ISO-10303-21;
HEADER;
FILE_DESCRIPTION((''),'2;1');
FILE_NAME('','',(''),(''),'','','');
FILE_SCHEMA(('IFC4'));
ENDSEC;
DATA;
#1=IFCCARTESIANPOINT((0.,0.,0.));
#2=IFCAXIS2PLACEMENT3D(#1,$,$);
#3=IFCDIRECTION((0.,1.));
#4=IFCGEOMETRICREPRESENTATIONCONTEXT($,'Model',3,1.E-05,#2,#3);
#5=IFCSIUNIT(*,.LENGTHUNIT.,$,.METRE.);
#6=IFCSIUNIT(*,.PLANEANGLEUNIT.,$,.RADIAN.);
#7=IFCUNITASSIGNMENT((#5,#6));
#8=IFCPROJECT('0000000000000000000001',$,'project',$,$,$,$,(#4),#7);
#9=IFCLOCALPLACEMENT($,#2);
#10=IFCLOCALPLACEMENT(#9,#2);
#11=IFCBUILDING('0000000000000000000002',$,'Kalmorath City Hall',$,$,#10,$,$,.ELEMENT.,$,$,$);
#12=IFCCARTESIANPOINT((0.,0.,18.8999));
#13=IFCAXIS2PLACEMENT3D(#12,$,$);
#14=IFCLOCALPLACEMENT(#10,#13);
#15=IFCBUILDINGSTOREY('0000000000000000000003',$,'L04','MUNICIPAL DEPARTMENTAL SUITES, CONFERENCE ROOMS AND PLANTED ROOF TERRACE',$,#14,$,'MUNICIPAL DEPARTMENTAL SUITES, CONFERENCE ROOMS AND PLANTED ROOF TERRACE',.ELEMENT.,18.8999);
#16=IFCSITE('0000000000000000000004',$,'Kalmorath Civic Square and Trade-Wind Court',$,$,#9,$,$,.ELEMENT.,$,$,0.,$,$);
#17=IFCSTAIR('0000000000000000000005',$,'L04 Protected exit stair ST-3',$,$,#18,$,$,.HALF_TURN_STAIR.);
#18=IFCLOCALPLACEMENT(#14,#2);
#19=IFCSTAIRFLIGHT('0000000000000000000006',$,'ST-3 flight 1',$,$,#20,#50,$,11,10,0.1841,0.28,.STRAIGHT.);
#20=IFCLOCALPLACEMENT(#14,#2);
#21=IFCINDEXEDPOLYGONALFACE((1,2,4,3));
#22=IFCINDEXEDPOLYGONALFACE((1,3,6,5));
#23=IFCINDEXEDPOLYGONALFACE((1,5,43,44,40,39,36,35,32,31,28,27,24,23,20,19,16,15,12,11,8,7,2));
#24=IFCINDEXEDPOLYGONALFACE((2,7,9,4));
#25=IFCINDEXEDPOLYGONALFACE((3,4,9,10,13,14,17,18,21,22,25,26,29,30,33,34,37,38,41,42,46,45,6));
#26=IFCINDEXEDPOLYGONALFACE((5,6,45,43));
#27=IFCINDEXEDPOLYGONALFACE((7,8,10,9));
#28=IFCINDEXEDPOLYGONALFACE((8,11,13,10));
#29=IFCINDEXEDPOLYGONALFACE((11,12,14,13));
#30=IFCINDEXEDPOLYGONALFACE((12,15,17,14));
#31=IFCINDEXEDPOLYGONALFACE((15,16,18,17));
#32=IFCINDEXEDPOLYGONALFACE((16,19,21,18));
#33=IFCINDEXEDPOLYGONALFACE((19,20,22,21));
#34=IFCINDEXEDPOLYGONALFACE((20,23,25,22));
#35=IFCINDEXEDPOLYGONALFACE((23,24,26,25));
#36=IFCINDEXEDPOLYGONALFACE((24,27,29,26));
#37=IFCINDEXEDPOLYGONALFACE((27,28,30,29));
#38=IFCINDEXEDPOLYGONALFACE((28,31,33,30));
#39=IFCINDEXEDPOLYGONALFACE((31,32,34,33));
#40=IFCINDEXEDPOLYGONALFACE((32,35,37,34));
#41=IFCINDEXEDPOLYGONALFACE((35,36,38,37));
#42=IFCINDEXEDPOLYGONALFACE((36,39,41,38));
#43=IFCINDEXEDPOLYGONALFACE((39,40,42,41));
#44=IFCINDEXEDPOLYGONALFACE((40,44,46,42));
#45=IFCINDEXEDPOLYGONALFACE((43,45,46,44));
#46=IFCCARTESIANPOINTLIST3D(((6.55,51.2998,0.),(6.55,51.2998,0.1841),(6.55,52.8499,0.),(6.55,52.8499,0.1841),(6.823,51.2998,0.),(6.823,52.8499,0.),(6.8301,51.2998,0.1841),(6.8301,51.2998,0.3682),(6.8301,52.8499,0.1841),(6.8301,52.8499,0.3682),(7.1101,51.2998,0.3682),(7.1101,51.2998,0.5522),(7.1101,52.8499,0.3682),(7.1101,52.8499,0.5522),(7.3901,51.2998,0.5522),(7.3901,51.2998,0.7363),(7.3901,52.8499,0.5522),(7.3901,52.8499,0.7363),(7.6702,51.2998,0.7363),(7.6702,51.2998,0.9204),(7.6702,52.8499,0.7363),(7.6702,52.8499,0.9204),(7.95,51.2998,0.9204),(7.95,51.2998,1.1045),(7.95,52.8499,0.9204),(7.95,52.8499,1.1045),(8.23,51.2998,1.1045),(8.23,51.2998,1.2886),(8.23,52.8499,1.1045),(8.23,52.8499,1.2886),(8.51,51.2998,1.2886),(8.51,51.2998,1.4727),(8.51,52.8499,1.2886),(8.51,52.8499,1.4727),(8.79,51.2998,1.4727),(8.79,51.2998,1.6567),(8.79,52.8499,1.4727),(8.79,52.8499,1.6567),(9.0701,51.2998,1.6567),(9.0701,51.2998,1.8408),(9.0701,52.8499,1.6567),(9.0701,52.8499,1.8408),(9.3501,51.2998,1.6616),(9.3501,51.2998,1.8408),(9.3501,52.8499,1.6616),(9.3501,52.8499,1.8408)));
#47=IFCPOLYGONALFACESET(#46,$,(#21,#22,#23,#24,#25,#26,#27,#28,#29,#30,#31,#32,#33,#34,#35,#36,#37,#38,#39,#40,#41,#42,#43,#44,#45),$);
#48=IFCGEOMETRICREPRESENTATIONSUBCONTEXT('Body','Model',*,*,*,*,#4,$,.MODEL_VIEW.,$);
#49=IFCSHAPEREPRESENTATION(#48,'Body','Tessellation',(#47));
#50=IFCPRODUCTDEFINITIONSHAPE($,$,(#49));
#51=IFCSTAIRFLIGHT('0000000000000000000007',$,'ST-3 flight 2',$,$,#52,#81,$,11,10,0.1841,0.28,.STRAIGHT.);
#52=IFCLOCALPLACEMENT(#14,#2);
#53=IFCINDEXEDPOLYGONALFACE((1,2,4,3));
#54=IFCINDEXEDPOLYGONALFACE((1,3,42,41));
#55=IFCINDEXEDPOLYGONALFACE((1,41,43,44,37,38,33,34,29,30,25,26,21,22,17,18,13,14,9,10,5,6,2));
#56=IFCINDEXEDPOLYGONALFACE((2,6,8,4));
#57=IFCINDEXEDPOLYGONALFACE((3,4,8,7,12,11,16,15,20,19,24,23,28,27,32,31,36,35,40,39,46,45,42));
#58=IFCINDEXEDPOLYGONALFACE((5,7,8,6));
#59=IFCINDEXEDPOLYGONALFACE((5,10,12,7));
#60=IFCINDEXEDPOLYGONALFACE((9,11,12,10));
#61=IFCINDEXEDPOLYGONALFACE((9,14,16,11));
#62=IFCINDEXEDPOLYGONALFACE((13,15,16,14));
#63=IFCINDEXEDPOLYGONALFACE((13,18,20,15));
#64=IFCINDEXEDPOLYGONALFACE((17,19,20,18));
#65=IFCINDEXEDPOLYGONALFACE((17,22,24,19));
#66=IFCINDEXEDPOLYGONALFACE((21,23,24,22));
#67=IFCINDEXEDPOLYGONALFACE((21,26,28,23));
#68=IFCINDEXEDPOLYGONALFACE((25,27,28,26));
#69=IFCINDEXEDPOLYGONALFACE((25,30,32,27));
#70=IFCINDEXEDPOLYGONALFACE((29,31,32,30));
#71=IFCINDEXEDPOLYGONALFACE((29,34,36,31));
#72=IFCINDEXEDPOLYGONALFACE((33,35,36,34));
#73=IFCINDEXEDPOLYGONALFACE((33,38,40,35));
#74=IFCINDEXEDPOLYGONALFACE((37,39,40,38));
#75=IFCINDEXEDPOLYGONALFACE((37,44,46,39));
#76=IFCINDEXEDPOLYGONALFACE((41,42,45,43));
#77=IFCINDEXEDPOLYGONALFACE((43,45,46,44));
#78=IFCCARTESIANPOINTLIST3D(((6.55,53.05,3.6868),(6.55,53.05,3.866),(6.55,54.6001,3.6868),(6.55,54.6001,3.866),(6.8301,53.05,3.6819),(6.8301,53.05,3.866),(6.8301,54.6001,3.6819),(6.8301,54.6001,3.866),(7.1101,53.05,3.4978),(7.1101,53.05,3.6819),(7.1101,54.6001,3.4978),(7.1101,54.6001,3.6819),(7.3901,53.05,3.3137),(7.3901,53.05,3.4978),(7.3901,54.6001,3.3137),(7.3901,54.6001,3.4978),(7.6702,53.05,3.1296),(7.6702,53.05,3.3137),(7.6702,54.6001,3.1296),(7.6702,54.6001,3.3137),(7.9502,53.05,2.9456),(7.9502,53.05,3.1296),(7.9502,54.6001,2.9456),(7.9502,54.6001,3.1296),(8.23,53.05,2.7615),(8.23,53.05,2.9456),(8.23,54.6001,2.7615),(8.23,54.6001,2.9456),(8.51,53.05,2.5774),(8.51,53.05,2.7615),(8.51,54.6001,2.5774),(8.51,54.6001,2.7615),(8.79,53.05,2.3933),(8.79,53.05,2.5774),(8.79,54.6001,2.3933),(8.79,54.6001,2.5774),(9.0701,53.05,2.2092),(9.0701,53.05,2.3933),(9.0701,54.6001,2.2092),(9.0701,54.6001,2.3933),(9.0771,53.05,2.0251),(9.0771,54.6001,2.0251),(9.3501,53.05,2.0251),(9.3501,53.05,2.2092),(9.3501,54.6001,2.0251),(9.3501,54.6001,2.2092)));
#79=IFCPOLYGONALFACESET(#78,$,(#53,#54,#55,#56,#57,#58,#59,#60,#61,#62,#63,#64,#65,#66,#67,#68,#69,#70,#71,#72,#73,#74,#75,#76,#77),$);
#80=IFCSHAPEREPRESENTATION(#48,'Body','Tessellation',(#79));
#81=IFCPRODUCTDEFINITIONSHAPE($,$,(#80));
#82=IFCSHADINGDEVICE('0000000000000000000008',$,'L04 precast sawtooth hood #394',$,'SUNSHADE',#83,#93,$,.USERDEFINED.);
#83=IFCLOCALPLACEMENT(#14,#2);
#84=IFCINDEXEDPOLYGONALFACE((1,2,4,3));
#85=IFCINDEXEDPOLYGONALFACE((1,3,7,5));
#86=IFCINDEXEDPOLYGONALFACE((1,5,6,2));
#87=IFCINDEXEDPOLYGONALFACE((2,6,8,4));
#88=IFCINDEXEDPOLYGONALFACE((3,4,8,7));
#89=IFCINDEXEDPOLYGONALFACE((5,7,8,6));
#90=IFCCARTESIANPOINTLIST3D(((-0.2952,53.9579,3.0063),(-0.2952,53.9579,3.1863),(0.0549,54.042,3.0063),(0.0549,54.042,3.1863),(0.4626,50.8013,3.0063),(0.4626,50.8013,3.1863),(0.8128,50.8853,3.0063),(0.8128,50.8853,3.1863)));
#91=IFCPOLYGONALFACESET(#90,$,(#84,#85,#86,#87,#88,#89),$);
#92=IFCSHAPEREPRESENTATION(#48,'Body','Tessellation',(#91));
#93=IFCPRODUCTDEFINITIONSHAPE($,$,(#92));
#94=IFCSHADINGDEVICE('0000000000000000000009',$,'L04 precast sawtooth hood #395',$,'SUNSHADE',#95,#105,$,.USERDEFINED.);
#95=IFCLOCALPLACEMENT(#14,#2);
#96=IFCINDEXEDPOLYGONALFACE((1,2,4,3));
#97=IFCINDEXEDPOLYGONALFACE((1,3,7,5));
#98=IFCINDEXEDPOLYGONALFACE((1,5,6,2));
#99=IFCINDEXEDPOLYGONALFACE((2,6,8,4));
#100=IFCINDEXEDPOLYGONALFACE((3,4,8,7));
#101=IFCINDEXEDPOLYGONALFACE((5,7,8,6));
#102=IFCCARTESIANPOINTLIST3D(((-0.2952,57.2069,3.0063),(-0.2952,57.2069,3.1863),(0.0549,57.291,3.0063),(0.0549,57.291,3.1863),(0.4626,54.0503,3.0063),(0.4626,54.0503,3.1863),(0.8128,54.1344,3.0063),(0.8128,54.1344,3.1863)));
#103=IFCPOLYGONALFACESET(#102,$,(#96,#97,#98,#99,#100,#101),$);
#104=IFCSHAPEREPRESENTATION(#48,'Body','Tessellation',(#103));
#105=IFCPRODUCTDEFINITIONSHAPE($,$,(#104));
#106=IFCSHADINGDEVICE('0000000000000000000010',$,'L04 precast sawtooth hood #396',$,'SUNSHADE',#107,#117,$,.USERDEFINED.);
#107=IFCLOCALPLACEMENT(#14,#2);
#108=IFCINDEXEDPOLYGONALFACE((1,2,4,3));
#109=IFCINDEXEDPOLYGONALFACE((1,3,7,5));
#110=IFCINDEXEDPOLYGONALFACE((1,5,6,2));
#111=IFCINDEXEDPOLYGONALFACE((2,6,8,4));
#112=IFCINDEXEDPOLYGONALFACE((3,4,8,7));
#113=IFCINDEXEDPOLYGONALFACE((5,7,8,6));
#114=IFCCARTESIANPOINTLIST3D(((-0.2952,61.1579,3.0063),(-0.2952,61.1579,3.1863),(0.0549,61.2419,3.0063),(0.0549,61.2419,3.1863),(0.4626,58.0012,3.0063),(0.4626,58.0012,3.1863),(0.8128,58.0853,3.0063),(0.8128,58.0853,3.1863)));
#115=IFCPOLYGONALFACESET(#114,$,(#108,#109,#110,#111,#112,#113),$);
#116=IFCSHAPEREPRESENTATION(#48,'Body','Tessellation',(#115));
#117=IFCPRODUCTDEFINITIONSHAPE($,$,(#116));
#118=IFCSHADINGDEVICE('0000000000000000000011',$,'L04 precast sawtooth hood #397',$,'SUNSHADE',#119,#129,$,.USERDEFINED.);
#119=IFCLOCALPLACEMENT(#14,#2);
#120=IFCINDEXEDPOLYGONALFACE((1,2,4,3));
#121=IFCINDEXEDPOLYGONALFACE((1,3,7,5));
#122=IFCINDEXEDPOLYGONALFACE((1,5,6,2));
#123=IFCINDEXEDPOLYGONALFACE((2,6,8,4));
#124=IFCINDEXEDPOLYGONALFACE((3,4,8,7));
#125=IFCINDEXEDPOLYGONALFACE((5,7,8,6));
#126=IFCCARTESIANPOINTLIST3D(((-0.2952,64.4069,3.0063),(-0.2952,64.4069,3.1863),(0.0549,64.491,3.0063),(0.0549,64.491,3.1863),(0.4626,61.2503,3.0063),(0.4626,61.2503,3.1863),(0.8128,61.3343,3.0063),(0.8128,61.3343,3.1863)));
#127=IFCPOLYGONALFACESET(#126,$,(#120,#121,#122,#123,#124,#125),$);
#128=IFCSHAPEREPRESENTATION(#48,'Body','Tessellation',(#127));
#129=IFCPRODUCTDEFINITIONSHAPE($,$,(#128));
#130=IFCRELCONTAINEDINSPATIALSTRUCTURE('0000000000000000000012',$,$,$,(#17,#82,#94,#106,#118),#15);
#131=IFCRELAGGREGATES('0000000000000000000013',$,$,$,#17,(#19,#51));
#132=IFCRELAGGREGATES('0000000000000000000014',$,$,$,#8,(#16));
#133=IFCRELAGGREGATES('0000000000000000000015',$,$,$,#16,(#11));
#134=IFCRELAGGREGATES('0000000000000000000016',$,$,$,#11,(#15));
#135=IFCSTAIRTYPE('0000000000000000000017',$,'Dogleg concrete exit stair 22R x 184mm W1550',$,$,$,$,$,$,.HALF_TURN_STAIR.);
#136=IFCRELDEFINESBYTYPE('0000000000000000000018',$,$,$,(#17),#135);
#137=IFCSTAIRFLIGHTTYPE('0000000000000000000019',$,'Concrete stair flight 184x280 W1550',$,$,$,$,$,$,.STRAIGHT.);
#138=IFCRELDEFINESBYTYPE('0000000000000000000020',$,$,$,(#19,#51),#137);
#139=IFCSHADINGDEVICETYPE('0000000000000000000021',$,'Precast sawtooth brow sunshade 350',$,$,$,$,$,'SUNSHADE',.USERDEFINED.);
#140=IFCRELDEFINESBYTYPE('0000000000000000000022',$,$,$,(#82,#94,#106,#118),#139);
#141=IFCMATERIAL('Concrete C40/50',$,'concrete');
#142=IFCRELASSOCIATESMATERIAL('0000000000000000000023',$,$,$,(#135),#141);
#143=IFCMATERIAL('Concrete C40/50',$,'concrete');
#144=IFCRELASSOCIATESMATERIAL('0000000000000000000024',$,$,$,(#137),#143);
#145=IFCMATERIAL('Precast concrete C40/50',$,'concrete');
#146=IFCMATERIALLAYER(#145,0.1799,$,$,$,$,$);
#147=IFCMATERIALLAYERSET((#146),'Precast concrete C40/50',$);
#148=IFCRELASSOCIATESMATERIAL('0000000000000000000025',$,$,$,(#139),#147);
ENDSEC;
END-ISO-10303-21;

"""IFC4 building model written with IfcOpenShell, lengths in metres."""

from ifc_helpers import new_model, si_unit, direction, frame, origin, origin_2d, place, context, subcontext, project, spatial, polyline, rectangle, outline, extrude, material, layer, layer_set, type_object, element, aggregate, save


model = new_model("IFC4")

# Units and contexts
model_context = context("Model", 3, precision=1e-05, world=origin(), true_north=direction((0.0, 1.0)))
body_context = subcontext(model_context, "Body", "Model", "MODEL_VIEW")
ifc_project = project(units=[si_unit("LENGTHUNIT", "METRE"), si_unit("PLANEANGLEUNIT", "RADIAN")], contexts=[model_context])

# Site, building, storey
site_placement = place(None, origin())
site = spatial("IfcSite", under=ifc_project, at=site_placement, Name="Kalmorath Civic Square and Trade-Wind Court", CompositionType="ELEMENT", RefElevation=0.0)
building_placement = place(site_placement, origin())
building = spatial("IfcBuilding", under=site, at=building_placement, Name="Kalmorath City Hall", CompositionType="ELEMENT")
storey_placement = place(building_placement, frame((0.0, 0.0, 18.8999)))
storey = spatial("IfcBuildingStorey", under=building, at=storey_placement, Name="L04", Description="MUNICIPAL DEPARTMENTAL SUITES, CONFERENCE ROOMS AND PLANTED ROOF TERRACE", LongName="MUNICIPAL DEPARTMENTAL SUITES, CONFERENCE ROOMS AND PLANTED ROOF TERRACE", CompositionType="ELEMENT", Elevation=18.8999)

# Stair, stair flights
ifc_material_1 = material(Name="Concrete C40/50", Category="concrete")
stair_type = type_object("IfcStairType", Name="Dogleg concrete exit stair 22R x 184mm W1550", PredefinedType="HALF_TURN_STAIR", material=ifc_material_1)
stair_placement = place(storey_placement, origin())
stair = element("IfcStair", 1, at=stair_placement, inside=storey, type_object=stair_type, Name="L04 Protected exit stair ST-3", PredefinedType="HALF_TURN_STAIR")
ifc_material_2 = material(Name="Concrete C40/50", Category="concrete")
stair_flight_type = type_object("IfcStairFlightType", Name="Concrete stair flight 184x280 W1550", PredefinedType="STRAIGHT", material=ifc_material_2)
stair_flight_1_placement = place(storey_placement, frame((6.55, 52.075, 0.0), z_axis=(0.0, 0.0, 1.0), x_axis=(1.0, 0.0, 0.0)))
stair_flight_1 = element("IfcStairFlight", 2, at=stair_flight_1_placement, type_object=stair_flight_type, Name="ST-3 flight 1", NumberOfRisers=11, NumberOfTreads=10, PredefinedType="STRAIGHT", RiserHeight=0.1841, TreadLength=0.28, context=body_context, shape_type="SweptSolid", body=[
    extrude(outline(polyline([(0.0, 0.0), (0.0, 0.1841), (0.28, 0.1841), (0.28, 0.3682), (0.5601, 0.3682), (0.5601, 0.5522), (0.8401, 0.5522), (0.8401, 0.7363), (1.1201, 0.7363), (1.1201, 0.9204), (1.3999, 0.9204), (1.3999, 1.1045), (1.6799, 1.1045), (1.6799, 1.2886), (1.96, 1.2886), (1.96, 1.4727), (2.24, 1.4727), (2.24, 1.6567), (2.52, 1.6567), (2.52, 1.8408), (2.8, 1.8408), (2.8, 2.0249), (2.8, 1.6616), (0.2729, 0.0), (0.0, 0.0)])), frame((0.0, 0.7749, 0.0), z_axis=(0.0, -1.0, 0.0), x_axis=(1.0, 0.0, 0.0)), (0.0, 0.0, 1.0), 1.55),
])
stair_flight_2_placement = place(storey_placement, frame((9.3501, 53.825, 2.0251), z_axis=(0.0, 0.0, 1.0), x_axis=(-1.0, 0.0, 0.0)))
stair_flight_2 = element("IfcStairFlight", 3, at=stair_flight_2_placement, type_object=stair_flight_type, Name="ST-3 flight 2", NumberOfRisers=11, NumberOfTreads=10, PredefinedType="STRAIGHT", RiserHeight=0.1841, TreadLength=0.28, context=body_context, shape_type="SweptSolid", body=[
    extrude(outline(polyline([(0.0, 0.0), (0.0, 0.1841), (0.28, 0.1841), (0.28, 0.3682), (0.5601, 0.3682), (0.5601, 0.5522), (0.8401, 0.5522), (0.8401, 0.7363), (1.1201, 0.7363), (1.1201, 0.9204), (1.3999, 0.9204), (1.3999, 1.1045), (1.6799, 1.1045), (1.6799, 1.2886), (1.96, 1.2886), (1.96, 1.4727), (2.24, 1.4727), (2.24, 1.6567), (2.52, 1.6567), (2.52, 1.8408), (2.8, 1.8408), (2.8, 2.0249), (2.8, 1.6616), (0.2729, 0.0), (0.0, 0.0)])), frame((0.0, 0.7749, 0.0), z_axis=(0.0, -1.0, 0.0), x_axis=(1.0, 0.0, 0.0)), (0.0, 0.0, 1.0), 1.55),
])
aggregate(stair, [stair_flight_1, stair_flight_2])

# Shading devices
ifc_material_3 = material(Name="Precast concrete C40/50", Category="concrete")
ifc_layer_1 = layer(ifc_material_3, 0.1799)
ifc_layer_set_1 = layer_set([ifc_layer_1], Name="Precast concrete C40/50")
shading_device_type = type_object("IfcShadingDeviceType", Name="Precast sawtooth brow sunshade 350", ElementType="SUNSHADE", PredefinedType="USERDEFINED", material=ifc_layer_set_1)
for number, where, z_axis, x_axis, name in (
    (4, (0.2588, 52.4216, 3.0063), (0.0, 0.0, 1.0), (-0.233445, 0.97237, 0.0), "L04 precast sawtooth hood #394"),
    (5, (0.2588, 55.6707, 3.0063), (0.0, 0.0, 1.0), (-0.233445, 0.97237, 0.0), "L04 precast sawtooth hood #395"),
    (6, (0.2588, 59.6216, 3.0063), (0.0, 0.0, 1.0), (-0.233445, 0.97237, 0.0), "L04 precast sawtooth hood #396"),
    (7, (0.2588, 62.8706, 3.0063), (0.0, 0.0, 1.0), (-0.233445, 0.97237, 0.0), "L04 precast sawtooth hood #397"),
):
    element("IfcShadingDevice", number, at=place(storey_placement, frame(where, z_axis=z_axis, x_axis=x_axis)), inside=storey, type_object=shading_device_type, Name=name, ObjectType="SUNSHADE", PredefinedType="USERDEFINED", context=body_context, shape_type="SweptSolid", body=[
        extrude(rectangle(XDim=3.2463, YDim=0.3601, at=origin_2d()), origin(), (0.0, 0.0, 1.0), 0.1799),
    ])

save(model, "model.ifc")
